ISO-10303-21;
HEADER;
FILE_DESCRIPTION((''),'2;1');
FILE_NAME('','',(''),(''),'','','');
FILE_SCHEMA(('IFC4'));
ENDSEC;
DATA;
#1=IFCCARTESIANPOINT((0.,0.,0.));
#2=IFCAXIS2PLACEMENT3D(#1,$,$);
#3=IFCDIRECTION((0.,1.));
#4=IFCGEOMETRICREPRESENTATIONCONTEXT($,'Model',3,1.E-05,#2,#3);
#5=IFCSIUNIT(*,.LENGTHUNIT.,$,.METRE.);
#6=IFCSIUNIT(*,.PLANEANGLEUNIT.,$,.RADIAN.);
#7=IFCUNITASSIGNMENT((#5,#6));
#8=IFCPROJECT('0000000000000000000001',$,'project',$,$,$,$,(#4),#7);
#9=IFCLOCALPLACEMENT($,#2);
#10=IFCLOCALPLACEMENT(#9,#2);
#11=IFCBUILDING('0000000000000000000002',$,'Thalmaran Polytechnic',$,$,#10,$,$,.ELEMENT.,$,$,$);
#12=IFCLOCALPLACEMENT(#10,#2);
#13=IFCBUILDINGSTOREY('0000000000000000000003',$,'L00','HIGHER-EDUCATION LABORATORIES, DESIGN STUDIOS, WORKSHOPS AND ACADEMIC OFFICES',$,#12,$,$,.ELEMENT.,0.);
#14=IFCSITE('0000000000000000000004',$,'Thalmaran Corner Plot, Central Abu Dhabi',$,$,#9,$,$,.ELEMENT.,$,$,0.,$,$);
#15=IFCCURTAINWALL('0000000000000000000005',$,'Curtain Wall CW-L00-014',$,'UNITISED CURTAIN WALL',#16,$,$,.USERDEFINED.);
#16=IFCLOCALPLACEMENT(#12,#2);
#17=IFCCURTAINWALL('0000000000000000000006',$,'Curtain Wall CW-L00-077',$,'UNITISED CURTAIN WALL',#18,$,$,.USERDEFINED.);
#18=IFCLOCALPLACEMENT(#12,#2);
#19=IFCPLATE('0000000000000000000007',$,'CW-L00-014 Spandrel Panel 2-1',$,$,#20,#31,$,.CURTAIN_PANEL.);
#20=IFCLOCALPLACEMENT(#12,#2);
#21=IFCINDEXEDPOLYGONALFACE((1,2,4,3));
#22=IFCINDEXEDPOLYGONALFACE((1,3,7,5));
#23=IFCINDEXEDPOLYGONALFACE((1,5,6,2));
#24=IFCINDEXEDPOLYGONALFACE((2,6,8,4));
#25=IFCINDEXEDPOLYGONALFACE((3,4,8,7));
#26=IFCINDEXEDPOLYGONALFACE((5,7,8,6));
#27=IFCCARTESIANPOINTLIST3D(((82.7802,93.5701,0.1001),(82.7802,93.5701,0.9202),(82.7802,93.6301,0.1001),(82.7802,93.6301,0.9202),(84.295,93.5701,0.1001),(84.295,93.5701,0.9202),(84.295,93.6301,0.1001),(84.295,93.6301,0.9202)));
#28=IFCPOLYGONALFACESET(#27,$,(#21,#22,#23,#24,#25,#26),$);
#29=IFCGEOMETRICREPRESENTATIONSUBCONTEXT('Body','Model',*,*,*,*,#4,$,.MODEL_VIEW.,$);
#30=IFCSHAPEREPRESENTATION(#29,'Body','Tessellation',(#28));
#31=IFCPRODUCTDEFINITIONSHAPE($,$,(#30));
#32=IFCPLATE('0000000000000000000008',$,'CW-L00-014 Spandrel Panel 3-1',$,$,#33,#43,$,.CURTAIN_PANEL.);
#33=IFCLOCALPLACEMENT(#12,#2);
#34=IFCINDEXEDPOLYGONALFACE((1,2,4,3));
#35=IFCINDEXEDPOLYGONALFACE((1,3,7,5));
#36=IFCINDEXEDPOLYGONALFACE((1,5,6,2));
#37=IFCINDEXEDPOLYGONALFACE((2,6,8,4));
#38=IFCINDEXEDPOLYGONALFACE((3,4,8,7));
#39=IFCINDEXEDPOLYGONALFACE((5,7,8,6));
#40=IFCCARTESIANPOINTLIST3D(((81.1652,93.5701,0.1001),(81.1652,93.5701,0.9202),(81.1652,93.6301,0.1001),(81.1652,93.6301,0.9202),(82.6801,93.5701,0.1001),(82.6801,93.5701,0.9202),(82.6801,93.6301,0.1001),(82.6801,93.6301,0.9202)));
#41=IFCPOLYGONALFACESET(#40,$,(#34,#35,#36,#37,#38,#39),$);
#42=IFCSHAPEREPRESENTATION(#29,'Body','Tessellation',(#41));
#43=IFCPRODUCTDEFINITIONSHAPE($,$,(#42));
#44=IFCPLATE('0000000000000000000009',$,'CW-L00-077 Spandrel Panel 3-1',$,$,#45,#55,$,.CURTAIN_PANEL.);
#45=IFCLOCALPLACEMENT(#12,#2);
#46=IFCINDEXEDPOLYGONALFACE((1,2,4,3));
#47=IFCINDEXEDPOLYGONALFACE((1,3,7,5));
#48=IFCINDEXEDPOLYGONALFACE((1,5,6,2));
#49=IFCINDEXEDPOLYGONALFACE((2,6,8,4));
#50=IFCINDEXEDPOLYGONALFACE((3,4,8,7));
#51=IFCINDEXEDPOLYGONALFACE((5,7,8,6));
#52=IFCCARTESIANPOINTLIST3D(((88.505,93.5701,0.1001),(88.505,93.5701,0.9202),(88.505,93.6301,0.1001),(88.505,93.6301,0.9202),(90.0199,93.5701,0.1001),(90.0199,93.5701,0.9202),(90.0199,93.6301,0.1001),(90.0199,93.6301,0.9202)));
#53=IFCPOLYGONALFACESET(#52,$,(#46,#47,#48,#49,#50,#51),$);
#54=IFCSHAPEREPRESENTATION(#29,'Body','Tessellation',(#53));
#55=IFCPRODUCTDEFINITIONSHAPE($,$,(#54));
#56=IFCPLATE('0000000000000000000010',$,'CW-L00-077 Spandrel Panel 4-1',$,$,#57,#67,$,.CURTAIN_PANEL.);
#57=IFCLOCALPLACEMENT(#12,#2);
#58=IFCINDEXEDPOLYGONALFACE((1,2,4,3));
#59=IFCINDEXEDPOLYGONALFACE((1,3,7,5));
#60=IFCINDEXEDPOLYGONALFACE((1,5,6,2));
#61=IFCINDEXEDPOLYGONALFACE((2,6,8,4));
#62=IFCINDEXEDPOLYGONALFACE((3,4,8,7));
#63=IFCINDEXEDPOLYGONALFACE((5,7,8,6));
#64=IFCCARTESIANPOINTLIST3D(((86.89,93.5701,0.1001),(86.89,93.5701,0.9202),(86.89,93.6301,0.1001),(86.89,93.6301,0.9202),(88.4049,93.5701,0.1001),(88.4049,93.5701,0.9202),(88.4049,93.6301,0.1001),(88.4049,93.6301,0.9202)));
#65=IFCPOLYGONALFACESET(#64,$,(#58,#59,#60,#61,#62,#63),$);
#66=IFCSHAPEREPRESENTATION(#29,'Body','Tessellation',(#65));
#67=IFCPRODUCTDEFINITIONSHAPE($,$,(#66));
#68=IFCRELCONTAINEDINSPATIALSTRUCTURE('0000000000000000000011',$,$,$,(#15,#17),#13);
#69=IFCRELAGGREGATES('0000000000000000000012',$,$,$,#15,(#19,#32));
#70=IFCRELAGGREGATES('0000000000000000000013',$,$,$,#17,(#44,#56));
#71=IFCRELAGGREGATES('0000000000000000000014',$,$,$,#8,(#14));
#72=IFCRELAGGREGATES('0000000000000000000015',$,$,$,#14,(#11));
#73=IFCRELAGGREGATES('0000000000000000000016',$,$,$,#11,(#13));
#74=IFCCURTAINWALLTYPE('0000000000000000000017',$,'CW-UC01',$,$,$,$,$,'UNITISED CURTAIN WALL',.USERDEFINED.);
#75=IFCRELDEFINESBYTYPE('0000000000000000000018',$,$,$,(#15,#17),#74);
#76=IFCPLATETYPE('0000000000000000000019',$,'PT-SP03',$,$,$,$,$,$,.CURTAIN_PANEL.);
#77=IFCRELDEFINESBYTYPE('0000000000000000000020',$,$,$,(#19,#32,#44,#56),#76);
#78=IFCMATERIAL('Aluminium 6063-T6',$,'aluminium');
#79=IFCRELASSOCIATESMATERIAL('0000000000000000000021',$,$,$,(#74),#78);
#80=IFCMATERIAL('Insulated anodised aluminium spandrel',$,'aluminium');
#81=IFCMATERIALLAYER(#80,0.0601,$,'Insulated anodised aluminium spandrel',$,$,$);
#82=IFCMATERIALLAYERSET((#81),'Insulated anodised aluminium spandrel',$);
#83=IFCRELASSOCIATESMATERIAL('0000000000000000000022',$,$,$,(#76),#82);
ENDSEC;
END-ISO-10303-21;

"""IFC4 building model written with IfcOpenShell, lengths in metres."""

from ifc_helpers import new_model, si_unit, direction, frame, origin, origin_2d, place, context, subcontext, project, spatial, rectangle, extrude, material, layer, layer_set, type_object, element, aggregate, save


model = new_model("IFC4")

# Units and contexts
model_context = context("Model", 3, precision=1e-05, world=origin(), true_north=direction((0.0, 1.0)))
body_context = subcontext(model_context, "Body", "Model", "MODEL_VIEW")
ifc_project = project(units=[si_unit("LENGTHUNIT", "METRE"), si_unit("PLANEANGLEUNIT", "RADIAN")], contexts=[model_context])

# Site, building, storey
site_placement = place(None, origin())
site = spatial("IfcSite", under=ifc_project, at=site_placement, Name="Thalmaran Corner Plot, Central Abu Dhabi", CompositionType="ELEMENT", RefElevation=0.0)
building_placement = place(site_placement, origin())
building = spatial("IfcBuilding", under=site, at=building_placement, Name="Thalmaran Polytechnic", CompositionType="ELEMENT")
storey_placement = place(building_placement, origin())
storey = spatial("IfcBuildingStorey", under=building, at=storey_placement, Name="L00", Description="HIGHER-EDUCATION LABORATORIES, DESIGN STUDIOS, WORKSHOPS AND ACADEMIC OFFICES", CompositionType="ELEMENT", Elevation=0.0)

# Curtain walls
ifc_material_1 = material(Name="Aluminium 6063-T6", Category="aluminium")
curtain_wall_type = type_object("IfcCurtainWallType", Name="CW-UC01", ElementType="UNITISED CURTAIN WALL", PredefinedType="USERDEFINED", material=ifc_material_1)
curtain_wall_1_placement = place(storey_placement, origin())
curtain_wall_1 = element("IfcCurtainWall", 1, at=curtain_wall_1_placement, inside=storey, type_object=curtain_wall_type, Name="Curtain Wall CW-L00-014", ObjectType="UNITISED CURTAIN WALL", PredefinedType="USERDEFINED")
curtain_wall_2_placement = place(storey_placement, origin())
curtain_wall_2 = element("IfcCurtainWall", 2, at=curtain_wall_2_placement, inside=storey, type_object=curtain_wall_type, Name="Curtain Wall CW-L00-077", ObjectType="UNITISED CURTAIN WALL", PredefinedType="USERDEFINED")

# Plates
ifc_material_2 = material(Name="Insulated anodised aluminium spandrel", Category="aluminium")
ifc_layer_1 = layer(ifc_material_2, 0.0601, Name="Insulated anodised aluminium spandrel")
ifc_layer_set_1 = layer_set([ifc_layer_1], Name="Insulated anodised aluminium spandrel")
plate_type_1 = type_object("IfcPlateType", Name="PT-SP03", PredefinedType="CURTAIN_PANEL", material=ifc_layer_set_1)
plate_1_placement = place(storey_placement, frame((83.5376, 93.6001, 0.1001), z_axis=(0.0, 0.0, 1.0), x_axis=(-1.0, 0.0, 0.0)))
plate_1 = element("IfcPlate", 3, at=plate_1_placement, type_object=plate_type_1, Name="CW-L00-014 Spandrel Panel 2-1", PredefinedType="CURTAIN_PANEL", context=body_context, shape_type="SweptSolid", body=[
    extrude(rectangle(XDim=1.5149, YDim=0.0601, at=origin_2d()), origin(), (0.0, 0.0, 1.0), 0.8201),
])
plate_2_placement = place(storey_placement, frame((81.9226, 93.6001, 0.1001), z_axis=(0.0, 0.0, 1.0), x_axis=(-1.0, 0.0, 0.0)))
plate_2 = element("IfcPlate", 4, at=plate_2_placement, type_object=plate_type_1, Name="CW-L00-014 Spandrel Panel 3-1", PredefinedType="CURTAIN_PANEL", context=body_context, shape_type="SweptSolid", body=[
    extrude(rectangle(XDim=1.5149, YDim=0.0601, at=origin_2d()), origin(), (0.0, 0.0, 1.0), 0.8201),
])
aggregate(curtain_wall_1, [plate_1, plate_2])
plate_3_placement = place(storey_placement, frame((89.2625, 93.6001, 0.1001), z_axis=(0.0, 0.0, 1.0), x_axis=(-1.0, 0.0, 0.0)))
plate_3 = element("IfcPlate", 5, at=plate_3_placement, type_object=plate_type_1, Name="CW-L00-077 Spandrel Panel 3-1", PredefinedType="CURTAIN_PANEL", context=body_context, shape_type="SweptSolid", body=[
    extrude(rectangle(XDim=1.5149, YDim=0.0601, at=origin_2d()), origin(), (0.0, 0.0, 1.0), 0.8201),
])
plate_4_placement = place(storey_placement, frame((87.6475, 93.6001, 0.1001), z_axis=(0.0, 0.0, 1.0), x_axis=(-1.0, 0.0, 0.0)))
plate_4 = element("IfcPlate", 6, at=plate_4_placement, type_object=plate_type_1, Name="CW-L00-077 Spandrel Panel 4-1", PredefinedType="CURTAIN_PANEL", context=body_context, shape_type="SweptSolid", body=[
    extrude(rectangle(XDim=1.5149, YDim=0.0601, at=origin_2d()), origin(), (0.0, 0.0, 1.0), 0.8201),
])
aggregate(curtain_wall_2, [plate_3, plate_4])

save(model, "model.ifc")
